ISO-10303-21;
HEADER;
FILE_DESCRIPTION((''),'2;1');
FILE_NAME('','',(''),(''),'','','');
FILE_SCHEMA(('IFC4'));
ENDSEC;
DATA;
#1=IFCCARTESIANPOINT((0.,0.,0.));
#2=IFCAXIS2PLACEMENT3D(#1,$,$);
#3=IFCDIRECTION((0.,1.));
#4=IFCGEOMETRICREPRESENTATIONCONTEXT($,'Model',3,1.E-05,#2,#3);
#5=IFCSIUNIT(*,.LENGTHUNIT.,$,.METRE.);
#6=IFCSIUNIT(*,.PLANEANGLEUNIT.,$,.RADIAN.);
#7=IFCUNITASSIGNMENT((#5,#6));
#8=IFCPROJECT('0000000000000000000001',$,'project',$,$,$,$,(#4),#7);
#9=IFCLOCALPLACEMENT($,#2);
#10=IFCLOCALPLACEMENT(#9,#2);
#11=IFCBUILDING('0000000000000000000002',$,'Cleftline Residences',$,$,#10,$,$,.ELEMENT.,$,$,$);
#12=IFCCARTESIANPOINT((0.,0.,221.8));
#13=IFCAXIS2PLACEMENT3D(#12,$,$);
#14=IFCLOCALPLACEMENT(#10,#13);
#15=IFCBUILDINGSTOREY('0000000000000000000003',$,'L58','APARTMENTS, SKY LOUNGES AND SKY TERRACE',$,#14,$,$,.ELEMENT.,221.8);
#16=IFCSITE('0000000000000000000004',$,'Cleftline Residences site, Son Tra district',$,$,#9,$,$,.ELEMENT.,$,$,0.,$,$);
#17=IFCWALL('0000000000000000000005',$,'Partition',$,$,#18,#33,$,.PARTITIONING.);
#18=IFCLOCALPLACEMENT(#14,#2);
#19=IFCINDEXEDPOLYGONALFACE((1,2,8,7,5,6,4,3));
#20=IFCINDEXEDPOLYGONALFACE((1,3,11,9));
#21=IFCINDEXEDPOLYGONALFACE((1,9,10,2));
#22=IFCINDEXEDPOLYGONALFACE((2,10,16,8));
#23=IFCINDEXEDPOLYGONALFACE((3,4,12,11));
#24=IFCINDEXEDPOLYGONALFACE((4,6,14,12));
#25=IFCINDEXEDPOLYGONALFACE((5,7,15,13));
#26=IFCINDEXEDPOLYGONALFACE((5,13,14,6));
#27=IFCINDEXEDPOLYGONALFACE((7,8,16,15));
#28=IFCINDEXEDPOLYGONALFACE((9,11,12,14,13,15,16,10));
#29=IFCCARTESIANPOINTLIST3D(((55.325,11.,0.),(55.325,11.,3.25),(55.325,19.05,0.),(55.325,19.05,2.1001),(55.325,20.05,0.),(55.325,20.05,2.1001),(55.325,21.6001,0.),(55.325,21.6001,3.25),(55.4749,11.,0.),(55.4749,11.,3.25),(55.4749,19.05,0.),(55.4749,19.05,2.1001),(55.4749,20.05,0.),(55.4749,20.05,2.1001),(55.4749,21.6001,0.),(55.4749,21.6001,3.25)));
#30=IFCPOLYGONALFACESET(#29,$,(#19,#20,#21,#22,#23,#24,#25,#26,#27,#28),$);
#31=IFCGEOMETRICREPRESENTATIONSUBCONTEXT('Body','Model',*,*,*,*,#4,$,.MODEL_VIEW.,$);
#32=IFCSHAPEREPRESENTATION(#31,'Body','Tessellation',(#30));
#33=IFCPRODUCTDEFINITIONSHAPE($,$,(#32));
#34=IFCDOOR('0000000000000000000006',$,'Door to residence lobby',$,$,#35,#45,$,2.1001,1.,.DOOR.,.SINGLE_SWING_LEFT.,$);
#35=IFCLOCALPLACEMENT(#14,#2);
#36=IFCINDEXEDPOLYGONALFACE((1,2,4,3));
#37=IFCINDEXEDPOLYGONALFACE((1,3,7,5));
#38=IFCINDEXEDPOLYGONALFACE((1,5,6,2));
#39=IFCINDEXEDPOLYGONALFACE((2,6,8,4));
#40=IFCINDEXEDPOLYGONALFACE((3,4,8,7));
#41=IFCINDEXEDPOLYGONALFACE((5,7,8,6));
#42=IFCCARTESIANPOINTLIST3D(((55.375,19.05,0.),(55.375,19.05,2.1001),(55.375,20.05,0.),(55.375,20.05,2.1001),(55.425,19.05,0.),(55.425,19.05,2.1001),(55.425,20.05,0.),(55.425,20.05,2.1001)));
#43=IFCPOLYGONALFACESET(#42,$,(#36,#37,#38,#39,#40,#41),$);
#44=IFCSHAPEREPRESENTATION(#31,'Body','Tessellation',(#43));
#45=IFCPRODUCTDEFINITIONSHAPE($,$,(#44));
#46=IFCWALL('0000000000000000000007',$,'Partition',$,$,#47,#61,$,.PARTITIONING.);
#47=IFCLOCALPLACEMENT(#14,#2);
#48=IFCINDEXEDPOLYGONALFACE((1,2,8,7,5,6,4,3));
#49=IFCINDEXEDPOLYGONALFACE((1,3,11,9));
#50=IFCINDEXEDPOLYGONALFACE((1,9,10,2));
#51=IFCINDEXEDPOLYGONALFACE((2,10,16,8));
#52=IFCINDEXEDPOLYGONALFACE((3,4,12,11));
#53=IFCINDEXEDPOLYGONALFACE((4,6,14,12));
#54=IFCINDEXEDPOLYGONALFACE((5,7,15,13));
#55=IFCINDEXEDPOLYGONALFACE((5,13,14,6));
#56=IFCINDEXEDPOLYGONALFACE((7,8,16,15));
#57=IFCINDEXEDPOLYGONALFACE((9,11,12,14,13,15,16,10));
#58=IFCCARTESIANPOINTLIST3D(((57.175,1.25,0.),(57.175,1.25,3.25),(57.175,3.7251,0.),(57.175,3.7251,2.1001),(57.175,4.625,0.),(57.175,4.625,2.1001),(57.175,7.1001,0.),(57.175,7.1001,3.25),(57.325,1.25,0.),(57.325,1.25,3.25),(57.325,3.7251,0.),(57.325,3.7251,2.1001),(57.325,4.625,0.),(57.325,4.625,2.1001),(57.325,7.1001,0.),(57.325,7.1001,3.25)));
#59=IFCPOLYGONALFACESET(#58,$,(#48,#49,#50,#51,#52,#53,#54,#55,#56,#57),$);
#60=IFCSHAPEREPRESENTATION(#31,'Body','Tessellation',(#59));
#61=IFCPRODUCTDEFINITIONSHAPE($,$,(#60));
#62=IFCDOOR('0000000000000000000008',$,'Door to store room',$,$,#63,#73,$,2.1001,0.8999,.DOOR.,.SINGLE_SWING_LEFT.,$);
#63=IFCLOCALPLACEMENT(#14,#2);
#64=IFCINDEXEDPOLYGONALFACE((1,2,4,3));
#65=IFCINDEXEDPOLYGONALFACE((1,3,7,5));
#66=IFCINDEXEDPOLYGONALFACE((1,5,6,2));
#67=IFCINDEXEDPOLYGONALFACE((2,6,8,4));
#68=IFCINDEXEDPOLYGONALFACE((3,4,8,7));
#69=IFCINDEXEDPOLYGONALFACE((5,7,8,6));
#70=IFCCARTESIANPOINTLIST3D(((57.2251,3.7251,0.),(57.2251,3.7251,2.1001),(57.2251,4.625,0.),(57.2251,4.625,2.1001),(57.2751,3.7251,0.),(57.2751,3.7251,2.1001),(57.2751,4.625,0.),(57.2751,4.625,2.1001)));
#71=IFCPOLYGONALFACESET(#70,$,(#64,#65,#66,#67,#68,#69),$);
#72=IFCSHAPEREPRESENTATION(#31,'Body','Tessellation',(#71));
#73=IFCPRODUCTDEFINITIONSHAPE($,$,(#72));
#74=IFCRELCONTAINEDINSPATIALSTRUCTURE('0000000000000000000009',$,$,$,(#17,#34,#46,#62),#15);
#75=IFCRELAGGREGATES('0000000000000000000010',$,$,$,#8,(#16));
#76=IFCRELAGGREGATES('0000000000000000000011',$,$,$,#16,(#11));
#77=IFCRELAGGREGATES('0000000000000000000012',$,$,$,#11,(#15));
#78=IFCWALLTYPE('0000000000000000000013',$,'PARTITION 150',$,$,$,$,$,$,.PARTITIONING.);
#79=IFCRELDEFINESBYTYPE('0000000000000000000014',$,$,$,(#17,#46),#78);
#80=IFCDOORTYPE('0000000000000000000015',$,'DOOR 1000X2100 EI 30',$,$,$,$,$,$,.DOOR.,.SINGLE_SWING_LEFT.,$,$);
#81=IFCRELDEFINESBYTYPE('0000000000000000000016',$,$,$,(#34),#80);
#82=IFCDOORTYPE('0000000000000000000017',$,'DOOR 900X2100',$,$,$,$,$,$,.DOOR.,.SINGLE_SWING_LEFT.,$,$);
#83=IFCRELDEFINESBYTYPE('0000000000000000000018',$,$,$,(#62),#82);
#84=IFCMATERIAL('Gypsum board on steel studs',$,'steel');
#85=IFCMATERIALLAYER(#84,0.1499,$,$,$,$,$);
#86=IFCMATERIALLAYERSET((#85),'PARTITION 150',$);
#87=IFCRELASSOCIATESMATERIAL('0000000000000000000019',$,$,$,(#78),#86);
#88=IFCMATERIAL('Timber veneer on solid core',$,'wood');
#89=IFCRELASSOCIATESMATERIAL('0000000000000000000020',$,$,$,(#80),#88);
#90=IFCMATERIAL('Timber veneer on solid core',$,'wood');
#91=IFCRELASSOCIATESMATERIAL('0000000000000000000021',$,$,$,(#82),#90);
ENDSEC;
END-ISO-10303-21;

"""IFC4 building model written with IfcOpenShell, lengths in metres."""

from ifc_helpers import new_model, si_unit, direction, frame, frame_2d, origin, place, context, subcontext, project, spatial, rectangle, extrude, material, layer, layer_set, type_object, element, fill, save


model = new_model("IFC4")

# Units and contexts
model_context = context("Model", 3, precision=1e-05, world=origin(), true_north=direction((0.0, 1.0)))
body_context = subcontext(model_context, "Body", "Model", "MODEL_VIEW")
ifc_project = project(units=[si_unit("LENGTHUNIT", "METRE"), si_unit("PLANEANGLEUNIT", "RADIAN")], contexts=[model_context])

# Site, building, storey
site_placement = place(None, origin())
site = spatial("IfcSite", under=ifc_project, at=site_placement, Name="Cleftline Residences site, Son Tra district", CompositionType="ELEMENT", RefElevation=0.0)
building_placement = place(site_placement, origin())
building = spatial("IfcBuilding", under=site, at=building_placement, Name="Cleftline Residences", CompositionType="ELEMENT")
storey_placement = place(building_placement, frame((0.0, 0.0, 221.8)))
storey = spatial("IfcBuildingStorey", under=building, at=storey_placement, Name="L58", Description="APARTMENTS, SKY LOUNGES AND SKY TERRACE", CompositionType="ELEMENT", Elevation=221.8)

# Shared definitions
ifc_material_1 = material(Name="Gypsum board on steel studs", Category="steel")
ifc_layer = layer(ifc_material_1, 0.1499)
ifc_layer_set = layer_set([ifc_layer], Name="PARTITION 150")
wall_type = type_object("IfcWallType", Name="PARTITION 150", PredefinedType="PARTITIONING", material=ifc_layer_set)

# Walls, openings, doors
wall_1_placement = place(storey_placement, frame((55.3999, 11.0, 0.0), z_axis=(0.0, 0.0, 1.0), x_axis=(0.0, 1.0, 0.0)))
wall_1 = element("IfcWall", 1, at=wall_1_placement, inside=storey, type_object=wall_type, Name="Partition", PredefinedType="PARTITIONING", context=body_context, shape_type="SweptSolid", body=[
    extrude(rectangle(XDim=10.6001, YDim=0.1499, at=frame_2d((5.3, 0.0))), origin(), (0.0, 0.0, 1.0), 3.25),
])
opening_1_placement = place(wall_1_placement, frame((8.05, 0.0, 0.0)))
opening_1 = element("IfcOpeningElement", 2, at=opening_1_placement, cuts=wall_1, PredefinedType="OPENING", context=body_context, shape_type="SweptSolid", body=[
    extrude(rectangle(XDim=1.0, YDim=2.1001, at=frame_2d((0.5, 1.05))), frame((0.0, 0.085, 0.0), z_axis=(0.0, -1.0, 0.0), x_axis=(1.0, 0.0, 0.0)), (0.0, 0.0, 1.0), 0.1699),
])
ifc_material_2 = material(Name="Timber veneer on solid core", Category="wood")
door_type_1 = type_object("IfcDoorType", Name="DOOR 1000X2100 EI 30", OperationType="SINGLE_SWING_LEFT", PredefinedType="DOOR", material=ifc_material_2)
door_1_placement = place(opening_1_placement, origin())
door_1 = element("IfcDoor", 3, at=door_1_placement, inside=storey, type_object=door_type_1, Name="Door to residence lobby", OperationType="SINGLE_SWING_LEFT", OverallHeight=2.1001, OverallWidth=1.0, PredefinedType="DOOR", context=body_context, shape_type="SweptSolid", body=[
    extrude(rectangle(XDim=1.0, YDim=2.1001, at=frame_2d((0.5, 1.05))), frame((0.0, 0.0249, 0.0), z_axis=(0.0, -1.0, 0.0), x_axis=(1.0, 0.0, 0.0)), (0.0, 0.0, 1.0), 0.05),
])
fill(opening_1, door_1)
wall_2_placement = place(storey_placement, frame((57.25, 1.25, 0.0), z_axis=(0.0, 0.0, 1.0), x_axis=(0.0, 1.0, 0.0)))
wall_2 = element("IfcWall", 4, at=wall_2_placement, inside=storey, type_object=wall_type, Name="Partition", PredefinedType="PARTITIONING", context=body_context, shape_type="SweptSolid", body=[
    extrude(rectangle(XDim=5.8501, YDim=0.1499, at=frame_2d((2.925, 0.0))), origin(), (0.0, 0.0, 1.0), 3.25),
])
opening_2_placement = place(wall_2_placement, frame((2.4751, 0.0, 0.0)))
opening_2 = element("IfcOpeningElement", 5, at=opening_2_placement, cuts=wall_2, PredefinedType="OPENING", context=body_context, shape_type="SweptSolid", body=[
    extrude(rectangle(XDim=0.8999, YDim=2.1001, at=frame_2d((0.45, 1.05))), frame((0.0, 0.085, 0.0), z_axis=(0.0, -1.0, 0.0), x_axis=(1.0, 0.0, 0.0)), (0.0, 0.0, 1.0), 0.1699),
])
ifc_material_3 = material(Name="Timber veneer on solid core", Category="wood")
door_type_2 = type_object("IfcDoorType", Name="DOOR 900X2100", OperationType="SINGLE_SWING_LEFT", PredefinedType="DOOR", material=ifc_material_3)
door_2_placement = place(opening_2_placement, origin())
door_2 = element("IfcDoor", 6, at=door_2_placement, inside=storey, type_object=door_type_2, Name="Door to store room", OperationType="SINGLE_SWING_LEFT", OverallHeight=2.1001, OverallWidth=0.8999, PredefinedType="DOOR", context=body_context, shape_type="SweptSolid", body=[
    extrude(rectangle(XDim=0.8999, YDim=2.1001, at=frame_2d((0.45, 1.05))), frame((0.0, 0.0249, 0.0), z_axis=(0.0, -1.0, 0.0), x_axis=(1.0, 0.0, 0.0)), (0.0, 0.0, 1.0), 0.05),
])
fill(opening_2, door_2)

save(model, "model.ifc")
